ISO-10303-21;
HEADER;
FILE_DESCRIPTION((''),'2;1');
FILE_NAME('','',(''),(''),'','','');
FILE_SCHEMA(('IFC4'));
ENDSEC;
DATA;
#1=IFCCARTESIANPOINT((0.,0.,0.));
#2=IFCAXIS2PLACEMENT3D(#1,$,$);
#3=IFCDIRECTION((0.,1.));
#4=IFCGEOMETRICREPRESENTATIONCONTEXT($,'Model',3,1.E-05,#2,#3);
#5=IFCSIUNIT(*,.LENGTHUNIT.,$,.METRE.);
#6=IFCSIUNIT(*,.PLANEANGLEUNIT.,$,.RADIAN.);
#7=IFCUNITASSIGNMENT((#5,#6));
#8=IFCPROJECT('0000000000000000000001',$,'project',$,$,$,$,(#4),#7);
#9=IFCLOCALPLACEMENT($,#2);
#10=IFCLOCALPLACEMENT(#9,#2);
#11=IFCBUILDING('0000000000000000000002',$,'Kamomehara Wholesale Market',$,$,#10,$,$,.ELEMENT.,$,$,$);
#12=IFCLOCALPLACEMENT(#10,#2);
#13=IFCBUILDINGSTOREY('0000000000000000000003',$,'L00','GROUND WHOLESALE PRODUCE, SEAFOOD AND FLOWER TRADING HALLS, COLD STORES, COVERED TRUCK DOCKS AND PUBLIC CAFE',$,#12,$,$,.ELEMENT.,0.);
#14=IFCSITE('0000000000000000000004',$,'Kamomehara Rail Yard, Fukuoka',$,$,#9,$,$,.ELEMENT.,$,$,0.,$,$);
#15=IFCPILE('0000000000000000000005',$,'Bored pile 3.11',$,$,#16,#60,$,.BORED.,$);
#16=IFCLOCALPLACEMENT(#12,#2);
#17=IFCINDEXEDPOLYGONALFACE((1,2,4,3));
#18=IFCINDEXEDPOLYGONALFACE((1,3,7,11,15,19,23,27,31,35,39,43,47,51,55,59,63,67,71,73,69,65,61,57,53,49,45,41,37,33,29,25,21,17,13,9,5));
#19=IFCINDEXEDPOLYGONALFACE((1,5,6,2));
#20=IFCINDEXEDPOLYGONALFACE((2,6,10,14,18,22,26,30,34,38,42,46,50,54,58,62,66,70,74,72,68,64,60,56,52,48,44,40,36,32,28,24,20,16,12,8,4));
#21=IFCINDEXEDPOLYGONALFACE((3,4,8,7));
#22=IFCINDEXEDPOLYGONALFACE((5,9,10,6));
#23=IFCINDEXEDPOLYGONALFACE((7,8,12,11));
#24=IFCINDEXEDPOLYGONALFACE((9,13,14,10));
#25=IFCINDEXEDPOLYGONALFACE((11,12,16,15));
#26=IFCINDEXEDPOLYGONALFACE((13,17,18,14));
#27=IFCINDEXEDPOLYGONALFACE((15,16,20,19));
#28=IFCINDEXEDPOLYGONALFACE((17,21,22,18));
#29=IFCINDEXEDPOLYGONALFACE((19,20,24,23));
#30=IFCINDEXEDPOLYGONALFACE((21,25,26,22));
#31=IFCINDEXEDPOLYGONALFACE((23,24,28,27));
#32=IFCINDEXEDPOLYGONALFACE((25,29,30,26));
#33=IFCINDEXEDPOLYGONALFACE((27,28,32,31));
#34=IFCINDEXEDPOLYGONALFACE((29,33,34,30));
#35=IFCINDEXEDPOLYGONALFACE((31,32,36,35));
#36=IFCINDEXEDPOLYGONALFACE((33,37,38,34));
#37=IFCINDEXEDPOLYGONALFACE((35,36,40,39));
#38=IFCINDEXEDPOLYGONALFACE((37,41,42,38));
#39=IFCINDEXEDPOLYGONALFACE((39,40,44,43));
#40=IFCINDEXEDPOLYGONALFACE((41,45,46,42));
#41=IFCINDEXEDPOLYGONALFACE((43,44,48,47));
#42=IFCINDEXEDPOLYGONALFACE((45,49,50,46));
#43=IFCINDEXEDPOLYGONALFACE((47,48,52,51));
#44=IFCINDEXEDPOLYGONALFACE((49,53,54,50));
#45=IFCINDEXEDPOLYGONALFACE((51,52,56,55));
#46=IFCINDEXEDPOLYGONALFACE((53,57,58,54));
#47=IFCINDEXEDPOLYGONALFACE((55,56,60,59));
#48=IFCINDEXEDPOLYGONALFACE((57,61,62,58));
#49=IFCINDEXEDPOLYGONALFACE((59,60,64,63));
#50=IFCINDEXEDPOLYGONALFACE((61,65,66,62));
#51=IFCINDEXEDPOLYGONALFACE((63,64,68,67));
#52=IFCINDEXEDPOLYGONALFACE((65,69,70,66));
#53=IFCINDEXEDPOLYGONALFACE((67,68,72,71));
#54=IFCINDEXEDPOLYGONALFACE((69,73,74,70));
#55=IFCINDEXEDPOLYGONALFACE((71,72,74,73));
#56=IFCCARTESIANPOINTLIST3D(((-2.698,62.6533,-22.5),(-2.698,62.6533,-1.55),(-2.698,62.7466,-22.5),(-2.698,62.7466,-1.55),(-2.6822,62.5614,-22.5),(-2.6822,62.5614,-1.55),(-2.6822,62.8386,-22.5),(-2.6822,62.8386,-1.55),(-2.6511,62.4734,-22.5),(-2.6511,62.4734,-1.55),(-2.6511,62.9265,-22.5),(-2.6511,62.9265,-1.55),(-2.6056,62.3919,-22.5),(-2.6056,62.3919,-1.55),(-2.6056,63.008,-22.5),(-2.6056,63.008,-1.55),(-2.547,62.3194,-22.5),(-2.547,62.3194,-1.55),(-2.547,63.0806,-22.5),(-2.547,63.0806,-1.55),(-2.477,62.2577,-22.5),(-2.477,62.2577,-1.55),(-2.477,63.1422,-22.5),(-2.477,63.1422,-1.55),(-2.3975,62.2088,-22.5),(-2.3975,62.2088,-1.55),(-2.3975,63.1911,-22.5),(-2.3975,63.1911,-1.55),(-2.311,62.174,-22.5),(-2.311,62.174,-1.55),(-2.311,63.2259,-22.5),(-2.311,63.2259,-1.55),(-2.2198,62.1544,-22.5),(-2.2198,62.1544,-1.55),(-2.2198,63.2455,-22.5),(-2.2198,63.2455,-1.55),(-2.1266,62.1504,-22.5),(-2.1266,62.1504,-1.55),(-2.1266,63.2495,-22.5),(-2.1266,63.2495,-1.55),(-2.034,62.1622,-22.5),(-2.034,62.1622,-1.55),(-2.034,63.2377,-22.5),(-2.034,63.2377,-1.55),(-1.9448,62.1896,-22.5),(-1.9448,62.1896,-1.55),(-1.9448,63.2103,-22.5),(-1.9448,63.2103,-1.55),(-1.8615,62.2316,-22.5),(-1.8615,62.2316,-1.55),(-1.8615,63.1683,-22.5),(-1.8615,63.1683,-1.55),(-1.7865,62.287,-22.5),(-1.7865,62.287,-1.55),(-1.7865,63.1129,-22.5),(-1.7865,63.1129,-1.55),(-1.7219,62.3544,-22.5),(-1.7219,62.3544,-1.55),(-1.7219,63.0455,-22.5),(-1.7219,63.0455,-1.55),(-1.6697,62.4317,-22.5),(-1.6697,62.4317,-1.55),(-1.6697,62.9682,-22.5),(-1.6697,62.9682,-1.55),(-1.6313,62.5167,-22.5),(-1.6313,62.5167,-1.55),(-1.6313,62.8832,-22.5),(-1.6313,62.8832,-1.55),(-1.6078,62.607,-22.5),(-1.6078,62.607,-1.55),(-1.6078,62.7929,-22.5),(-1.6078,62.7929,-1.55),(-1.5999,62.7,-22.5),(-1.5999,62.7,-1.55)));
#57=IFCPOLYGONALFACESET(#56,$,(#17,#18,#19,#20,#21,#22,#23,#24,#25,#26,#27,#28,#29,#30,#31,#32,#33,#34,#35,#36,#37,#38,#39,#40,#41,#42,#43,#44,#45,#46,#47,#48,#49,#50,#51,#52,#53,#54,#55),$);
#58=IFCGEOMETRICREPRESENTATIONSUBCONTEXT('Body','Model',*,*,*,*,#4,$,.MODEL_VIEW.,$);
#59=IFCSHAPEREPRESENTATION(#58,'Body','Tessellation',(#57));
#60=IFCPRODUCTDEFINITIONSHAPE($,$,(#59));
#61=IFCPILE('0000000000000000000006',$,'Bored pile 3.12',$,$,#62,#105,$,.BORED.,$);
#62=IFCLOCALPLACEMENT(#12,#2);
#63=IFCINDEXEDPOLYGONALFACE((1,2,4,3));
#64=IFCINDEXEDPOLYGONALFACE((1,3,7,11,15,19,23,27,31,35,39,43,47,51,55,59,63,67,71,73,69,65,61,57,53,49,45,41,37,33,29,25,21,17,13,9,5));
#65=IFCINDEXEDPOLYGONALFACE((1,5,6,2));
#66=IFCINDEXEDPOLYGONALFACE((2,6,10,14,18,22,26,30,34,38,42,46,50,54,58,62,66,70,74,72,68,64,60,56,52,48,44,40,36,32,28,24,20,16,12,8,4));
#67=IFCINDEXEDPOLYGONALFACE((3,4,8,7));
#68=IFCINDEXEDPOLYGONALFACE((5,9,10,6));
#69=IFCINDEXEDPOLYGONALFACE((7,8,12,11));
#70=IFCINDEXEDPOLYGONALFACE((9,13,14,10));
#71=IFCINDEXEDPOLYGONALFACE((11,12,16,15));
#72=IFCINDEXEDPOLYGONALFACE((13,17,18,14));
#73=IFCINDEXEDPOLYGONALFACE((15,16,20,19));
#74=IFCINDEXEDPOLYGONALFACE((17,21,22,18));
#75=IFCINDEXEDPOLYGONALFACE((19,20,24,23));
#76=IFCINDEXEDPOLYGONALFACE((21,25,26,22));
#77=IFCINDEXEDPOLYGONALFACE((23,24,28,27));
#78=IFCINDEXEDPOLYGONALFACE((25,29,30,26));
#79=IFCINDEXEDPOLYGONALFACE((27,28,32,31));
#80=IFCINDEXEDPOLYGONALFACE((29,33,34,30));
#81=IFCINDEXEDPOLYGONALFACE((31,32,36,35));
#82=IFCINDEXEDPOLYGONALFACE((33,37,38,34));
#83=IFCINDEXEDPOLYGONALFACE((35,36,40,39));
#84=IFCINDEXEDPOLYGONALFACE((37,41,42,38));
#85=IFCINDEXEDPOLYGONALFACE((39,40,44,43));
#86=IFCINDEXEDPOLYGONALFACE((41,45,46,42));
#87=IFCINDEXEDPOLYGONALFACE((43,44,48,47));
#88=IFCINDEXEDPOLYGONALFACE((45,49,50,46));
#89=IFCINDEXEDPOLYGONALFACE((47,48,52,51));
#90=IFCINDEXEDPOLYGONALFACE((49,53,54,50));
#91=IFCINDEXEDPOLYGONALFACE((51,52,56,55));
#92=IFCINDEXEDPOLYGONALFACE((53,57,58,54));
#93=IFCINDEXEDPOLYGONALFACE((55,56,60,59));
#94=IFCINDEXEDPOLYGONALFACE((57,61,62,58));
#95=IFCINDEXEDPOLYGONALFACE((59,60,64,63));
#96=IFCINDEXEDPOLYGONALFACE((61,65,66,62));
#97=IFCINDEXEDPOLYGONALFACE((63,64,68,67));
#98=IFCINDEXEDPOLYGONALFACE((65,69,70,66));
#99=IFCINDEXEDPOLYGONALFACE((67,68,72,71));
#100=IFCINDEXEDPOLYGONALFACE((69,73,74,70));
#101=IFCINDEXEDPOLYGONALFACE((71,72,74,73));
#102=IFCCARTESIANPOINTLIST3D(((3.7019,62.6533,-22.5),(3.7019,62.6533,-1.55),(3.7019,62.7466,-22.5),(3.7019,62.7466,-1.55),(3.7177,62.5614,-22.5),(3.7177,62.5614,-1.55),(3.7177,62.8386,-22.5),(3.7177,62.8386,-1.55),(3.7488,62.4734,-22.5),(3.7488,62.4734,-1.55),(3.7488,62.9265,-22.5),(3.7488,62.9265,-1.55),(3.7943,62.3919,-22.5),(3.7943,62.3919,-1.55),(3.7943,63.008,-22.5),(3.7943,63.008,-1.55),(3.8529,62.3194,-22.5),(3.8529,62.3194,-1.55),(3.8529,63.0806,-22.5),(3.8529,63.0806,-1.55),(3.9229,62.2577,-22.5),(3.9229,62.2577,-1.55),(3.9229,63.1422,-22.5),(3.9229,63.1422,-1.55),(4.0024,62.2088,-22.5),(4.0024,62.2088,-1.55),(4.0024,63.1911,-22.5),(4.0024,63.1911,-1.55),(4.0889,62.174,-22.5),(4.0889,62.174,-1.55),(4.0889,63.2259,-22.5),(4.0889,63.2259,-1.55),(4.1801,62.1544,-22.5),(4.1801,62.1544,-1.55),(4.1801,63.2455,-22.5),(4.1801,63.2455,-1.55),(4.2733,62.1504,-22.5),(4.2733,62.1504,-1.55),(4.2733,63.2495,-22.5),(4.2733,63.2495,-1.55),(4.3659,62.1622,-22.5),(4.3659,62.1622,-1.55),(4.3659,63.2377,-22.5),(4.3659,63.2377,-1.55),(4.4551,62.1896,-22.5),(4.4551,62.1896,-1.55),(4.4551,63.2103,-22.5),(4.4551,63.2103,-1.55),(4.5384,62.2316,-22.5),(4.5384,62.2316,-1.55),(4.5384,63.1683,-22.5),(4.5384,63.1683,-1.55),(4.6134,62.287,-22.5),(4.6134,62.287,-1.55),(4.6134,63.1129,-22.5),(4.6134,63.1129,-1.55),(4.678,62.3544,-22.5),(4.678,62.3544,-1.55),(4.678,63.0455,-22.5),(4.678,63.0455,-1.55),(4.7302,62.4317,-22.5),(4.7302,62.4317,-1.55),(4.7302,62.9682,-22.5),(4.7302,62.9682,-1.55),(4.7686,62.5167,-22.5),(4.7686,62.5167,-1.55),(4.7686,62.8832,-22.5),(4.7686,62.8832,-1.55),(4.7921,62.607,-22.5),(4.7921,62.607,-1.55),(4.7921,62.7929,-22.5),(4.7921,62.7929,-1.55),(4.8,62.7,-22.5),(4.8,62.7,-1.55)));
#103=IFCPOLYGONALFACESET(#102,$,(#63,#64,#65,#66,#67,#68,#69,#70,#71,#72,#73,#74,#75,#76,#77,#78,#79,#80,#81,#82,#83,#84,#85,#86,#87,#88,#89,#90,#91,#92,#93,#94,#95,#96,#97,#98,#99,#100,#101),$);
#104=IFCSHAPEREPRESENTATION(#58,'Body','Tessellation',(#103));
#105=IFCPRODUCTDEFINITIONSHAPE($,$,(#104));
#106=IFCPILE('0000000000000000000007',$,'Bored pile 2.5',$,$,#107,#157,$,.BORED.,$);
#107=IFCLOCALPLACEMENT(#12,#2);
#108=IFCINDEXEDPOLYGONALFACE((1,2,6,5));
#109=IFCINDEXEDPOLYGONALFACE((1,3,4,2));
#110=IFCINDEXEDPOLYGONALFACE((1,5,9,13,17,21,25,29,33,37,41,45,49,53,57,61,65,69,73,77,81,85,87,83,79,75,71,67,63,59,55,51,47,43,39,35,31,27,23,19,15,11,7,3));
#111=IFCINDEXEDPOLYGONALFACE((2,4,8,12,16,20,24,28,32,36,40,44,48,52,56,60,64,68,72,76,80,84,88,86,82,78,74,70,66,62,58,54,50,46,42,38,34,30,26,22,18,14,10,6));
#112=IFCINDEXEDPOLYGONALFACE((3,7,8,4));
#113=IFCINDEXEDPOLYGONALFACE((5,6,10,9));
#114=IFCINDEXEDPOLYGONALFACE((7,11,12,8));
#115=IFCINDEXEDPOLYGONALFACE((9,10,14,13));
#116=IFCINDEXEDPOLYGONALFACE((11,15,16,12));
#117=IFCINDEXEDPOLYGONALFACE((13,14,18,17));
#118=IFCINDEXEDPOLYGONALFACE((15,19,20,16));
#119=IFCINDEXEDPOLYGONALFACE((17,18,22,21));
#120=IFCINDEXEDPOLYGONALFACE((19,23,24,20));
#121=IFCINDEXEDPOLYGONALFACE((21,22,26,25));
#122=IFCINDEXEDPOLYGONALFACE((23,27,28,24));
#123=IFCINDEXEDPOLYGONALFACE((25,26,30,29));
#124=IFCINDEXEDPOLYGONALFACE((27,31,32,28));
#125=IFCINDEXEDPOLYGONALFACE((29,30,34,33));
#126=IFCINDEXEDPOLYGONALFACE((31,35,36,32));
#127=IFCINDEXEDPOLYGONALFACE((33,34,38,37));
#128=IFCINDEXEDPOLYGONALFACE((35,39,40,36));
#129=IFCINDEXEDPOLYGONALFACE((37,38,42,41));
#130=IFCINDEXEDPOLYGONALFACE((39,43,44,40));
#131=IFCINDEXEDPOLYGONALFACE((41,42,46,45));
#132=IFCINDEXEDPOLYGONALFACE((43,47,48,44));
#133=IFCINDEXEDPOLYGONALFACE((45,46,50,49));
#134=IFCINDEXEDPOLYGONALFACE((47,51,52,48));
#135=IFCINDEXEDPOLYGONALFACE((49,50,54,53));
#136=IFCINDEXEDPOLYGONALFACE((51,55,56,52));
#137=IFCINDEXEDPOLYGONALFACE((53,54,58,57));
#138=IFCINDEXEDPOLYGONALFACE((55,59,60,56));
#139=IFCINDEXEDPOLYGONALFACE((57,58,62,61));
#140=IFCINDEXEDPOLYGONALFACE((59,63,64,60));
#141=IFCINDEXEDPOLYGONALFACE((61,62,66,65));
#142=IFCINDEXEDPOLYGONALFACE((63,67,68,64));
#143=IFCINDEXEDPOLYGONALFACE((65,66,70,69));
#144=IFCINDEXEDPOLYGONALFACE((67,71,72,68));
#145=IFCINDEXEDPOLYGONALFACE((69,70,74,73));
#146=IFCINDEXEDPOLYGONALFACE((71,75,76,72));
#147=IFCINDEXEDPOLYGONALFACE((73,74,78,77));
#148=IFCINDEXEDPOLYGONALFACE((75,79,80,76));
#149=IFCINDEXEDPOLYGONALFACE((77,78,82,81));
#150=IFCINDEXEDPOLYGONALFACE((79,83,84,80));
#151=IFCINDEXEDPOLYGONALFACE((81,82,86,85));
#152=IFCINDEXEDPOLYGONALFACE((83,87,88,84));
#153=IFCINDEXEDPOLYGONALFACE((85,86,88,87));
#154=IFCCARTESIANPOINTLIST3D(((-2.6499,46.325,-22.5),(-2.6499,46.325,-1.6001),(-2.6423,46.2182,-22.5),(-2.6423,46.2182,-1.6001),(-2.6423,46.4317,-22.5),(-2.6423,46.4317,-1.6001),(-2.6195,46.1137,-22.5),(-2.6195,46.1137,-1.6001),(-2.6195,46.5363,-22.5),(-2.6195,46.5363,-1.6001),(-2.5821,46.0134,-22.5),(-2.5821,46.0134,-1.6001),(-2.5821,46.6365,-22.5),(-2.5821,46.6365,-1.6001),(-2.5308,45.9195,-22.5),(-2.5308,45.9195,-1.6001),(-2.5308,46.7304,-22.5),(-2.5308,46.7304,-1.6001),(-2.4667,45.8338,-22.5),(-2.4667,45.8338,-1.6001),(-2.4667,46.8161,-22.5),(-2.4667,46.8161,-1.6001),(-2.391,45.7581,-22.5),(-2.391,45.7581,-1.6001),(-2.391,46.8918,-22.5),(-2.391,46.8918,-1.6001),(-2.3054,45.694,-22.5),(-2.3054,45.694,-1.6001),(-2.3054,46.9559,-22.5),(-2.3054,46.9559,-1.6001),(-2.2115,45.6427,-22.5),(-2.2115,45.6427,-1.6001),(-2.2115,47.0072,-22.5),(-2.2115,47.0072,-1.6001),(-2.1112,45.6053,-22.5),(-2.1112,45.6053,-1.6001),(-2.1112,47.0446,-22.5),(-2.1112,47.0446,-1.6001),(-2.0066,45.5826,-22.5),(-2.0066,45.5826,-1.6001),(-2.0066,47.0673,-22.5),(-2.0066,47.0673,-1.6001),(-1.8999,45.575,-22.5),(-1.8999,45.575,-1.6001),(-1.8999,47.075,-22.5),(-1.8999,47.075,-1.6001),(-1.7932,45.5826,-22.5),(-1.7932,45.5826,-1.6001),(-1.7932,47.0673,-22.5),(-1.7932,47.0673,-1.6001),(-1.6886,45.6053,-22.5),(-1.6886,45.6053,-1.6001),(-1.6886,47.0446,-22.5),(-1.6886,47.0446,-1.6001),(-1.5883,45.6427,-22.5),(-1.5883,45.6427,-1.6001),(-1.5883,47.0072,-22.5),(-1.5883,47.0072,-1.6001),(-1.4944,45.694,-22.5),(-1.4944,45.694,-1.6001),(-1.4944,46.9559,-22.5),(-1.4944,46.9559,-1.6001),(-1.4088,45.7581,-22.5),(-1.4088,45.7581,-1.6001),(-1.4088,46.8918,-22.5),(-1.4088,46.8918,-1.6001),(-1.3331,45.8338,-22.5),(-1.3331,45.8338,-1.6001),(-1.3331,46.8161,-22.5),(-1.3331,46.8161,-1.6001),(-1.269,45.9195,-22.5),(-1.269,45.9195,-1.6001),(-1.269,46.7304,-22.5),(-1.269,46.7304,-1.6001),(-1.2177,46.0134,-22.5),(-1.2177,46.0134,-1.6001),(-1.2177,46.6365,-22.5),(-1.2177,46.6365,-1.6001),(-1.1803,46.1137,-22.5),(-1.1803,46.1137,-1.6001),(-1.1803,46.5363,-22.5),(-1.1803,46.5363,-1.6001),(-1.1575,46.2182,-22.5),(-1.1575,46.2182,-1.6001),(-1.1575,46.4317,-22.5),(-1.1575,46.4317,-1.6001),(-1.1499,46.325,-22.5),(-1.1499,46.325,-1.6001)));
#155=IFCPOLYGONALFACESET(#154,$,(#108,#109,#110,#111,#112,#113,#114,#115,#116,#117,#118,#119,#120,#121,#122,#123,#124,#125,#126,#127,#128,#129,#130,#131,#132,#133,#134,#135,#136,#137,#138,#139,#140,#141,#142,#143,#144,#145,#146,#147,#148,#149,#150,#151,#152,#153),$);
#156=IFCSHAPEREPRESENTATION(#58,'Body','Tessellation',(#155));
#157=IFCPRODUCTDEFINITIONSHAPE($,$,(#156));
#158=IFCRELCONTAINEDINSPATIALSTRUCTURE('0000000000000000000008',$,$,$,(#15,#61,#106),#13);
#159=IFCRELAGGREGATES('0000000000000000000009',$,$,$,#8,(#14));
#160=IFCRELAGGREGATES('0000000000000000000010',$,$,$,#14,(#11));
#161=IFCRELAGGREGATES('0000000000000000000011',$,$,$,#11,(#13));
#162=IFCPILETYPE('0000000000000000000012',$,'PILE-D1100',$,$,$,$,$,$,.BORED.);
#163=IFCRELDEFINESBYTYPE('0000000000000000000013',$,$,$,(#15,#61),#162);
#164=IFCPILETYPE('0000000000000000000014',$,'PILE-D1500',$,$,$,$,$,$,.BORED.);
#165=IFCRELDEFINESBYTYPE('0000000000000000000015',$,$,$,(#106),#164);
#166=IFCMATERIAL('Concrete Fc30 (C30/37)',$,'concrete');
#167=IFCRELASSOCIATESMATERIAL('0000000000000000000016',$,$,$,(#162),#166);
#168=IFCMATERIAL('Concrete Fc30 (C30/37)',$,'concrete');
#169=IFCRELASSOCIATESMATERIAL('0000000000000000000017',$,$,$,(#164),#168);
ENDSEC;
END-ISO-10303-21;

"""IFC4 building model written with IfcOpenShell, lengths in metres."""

from ifc_helpers import new_model, si_unit, direction, frame, origin, origin_2d, place, context, subcontext, project, spatial, circle, extrude, material, material_profile, profile_set, type_object, element, save


model = new_model("IFC4")

# Units and contexts
model_context = context("Model", 3, precision=1e-05, world=origin(), true_north=direction((0.0, 1.0)))
body_context = subcontext(model_context, "Body", "Model", "MODEL_VIEW")
ifc_project = project(units=[si_unit("LENGTHUNIT", "METRE"), si_unit("PLANEANGLEUNIT", "RADIAN")], contexts=[model_context])

# Site, building, storey
site_placement = place(None, origin())
site = spatial("IfcSite", under=ifc_project, at=site_placement, Name="Kamomehara Rail Yard, Fukuoka", CompositionType="ELEMENT", RefElevation=0.0)
building_placement = place(site_placement, origin())
building = spatial("IfcBuilding", under=site, at=building_placement, Name="Kamomehara Wholesale Market", CompositionType="ELEMENT")
storey_placement = place(building_placement, origin())
storey = spatial("IfcBuildingStorey", under=building, at=storey_placement, Name="L00", Description="GROUND WHOLESALE PRODUCE, SEAFOOD AND FLOWER TRADING HALLS, COLD STORES, COVERED TRUCK DOCKS AND PUBLIC CAFE", CompositionType="ELEMENT", Elevation=0.0)

# Piles
ifc_material_1 = material(Name="Concrete Fc30 (C30/37)", Category="concrete")
ifc_material_profile_1 = material_profile(ifc_material_1, circle(Radius=0.55, at=origin_2d()), Name="RC-PILE-D1100")
ifc_profile_set_1 = profile_set([ifc_material_profile_1], Name="Concrete Fc30 (C30/37)")
pile_type_1 = type_object("IfcPileType", Name="PILE-D1100", PredefinedType="BORED", material=ifc_profile_set_1)
for number, where, z_axis, x_axis, name in (
    (1, (-2.1499, 62.7, -1.55), (0.0, 0.0, -1.0), (1.0, 0.0, 0.0), "Bored pile 3.11"),
    (2, (4.25, 62.7, -1.55), (0.0, 0.0, -1.0), (1.0, 0.0, 0.0), "Bored pile 3.12"),
):
    element("IfcPile", number, at=place(storey_placement, frame(where, z_axis=z_axis, x_axis=x_axis)), inside=storey, type_object=pile_type_1, Name=name, PredefinedType="BORED", context=body_context, shape_type="SweptSolid", body=[
        extrude(circle(Radius=0.55, at=origin_2d()), origin(), (0.0, 0.0, 1.0), 20.95),
    ])
ifc_material_2 = material(Name="Concrete Fc30 (C30/37)", Category="concrete")
ifc_material_profile_2 = material_profile(ifc_material_2, circle(Radius=0.75, at=origin_2d()), Name="RC-PILE-D1500")
ifc_profile_set_2 = profile_set([ifc_material_profile_2], Name="Concrete Fc30 (C30/37)")
pile_type_2 = type_object("IfcPileType", Name="PILE-D1500", PredefinedType="BORED", material=ifc_profile_set_2)
for number, where, z_axis, x_axis, name in (
    (3, (-1.8999, 46.325, -1.6001), (0.0, 0.0, -1.0), (1.0, 0.0, 0.0), "Bored pile 2.5"),
):
    element("IfcPile", number, at=place(storey_placement, frame(where, z_axis=z_axis, x_axis=x_axis)), inside=storey, type_object=pile_type_2, Name=name, PredefinedType="BORED", context=body_context, shape_type="SweptSolid", body=[
        extrude(circle(Radius=0.75, at=origin_2d()), origin(), (0.0, 0.0, 1.0), 20.8999),
    ])

save(model, "model.ifc")
